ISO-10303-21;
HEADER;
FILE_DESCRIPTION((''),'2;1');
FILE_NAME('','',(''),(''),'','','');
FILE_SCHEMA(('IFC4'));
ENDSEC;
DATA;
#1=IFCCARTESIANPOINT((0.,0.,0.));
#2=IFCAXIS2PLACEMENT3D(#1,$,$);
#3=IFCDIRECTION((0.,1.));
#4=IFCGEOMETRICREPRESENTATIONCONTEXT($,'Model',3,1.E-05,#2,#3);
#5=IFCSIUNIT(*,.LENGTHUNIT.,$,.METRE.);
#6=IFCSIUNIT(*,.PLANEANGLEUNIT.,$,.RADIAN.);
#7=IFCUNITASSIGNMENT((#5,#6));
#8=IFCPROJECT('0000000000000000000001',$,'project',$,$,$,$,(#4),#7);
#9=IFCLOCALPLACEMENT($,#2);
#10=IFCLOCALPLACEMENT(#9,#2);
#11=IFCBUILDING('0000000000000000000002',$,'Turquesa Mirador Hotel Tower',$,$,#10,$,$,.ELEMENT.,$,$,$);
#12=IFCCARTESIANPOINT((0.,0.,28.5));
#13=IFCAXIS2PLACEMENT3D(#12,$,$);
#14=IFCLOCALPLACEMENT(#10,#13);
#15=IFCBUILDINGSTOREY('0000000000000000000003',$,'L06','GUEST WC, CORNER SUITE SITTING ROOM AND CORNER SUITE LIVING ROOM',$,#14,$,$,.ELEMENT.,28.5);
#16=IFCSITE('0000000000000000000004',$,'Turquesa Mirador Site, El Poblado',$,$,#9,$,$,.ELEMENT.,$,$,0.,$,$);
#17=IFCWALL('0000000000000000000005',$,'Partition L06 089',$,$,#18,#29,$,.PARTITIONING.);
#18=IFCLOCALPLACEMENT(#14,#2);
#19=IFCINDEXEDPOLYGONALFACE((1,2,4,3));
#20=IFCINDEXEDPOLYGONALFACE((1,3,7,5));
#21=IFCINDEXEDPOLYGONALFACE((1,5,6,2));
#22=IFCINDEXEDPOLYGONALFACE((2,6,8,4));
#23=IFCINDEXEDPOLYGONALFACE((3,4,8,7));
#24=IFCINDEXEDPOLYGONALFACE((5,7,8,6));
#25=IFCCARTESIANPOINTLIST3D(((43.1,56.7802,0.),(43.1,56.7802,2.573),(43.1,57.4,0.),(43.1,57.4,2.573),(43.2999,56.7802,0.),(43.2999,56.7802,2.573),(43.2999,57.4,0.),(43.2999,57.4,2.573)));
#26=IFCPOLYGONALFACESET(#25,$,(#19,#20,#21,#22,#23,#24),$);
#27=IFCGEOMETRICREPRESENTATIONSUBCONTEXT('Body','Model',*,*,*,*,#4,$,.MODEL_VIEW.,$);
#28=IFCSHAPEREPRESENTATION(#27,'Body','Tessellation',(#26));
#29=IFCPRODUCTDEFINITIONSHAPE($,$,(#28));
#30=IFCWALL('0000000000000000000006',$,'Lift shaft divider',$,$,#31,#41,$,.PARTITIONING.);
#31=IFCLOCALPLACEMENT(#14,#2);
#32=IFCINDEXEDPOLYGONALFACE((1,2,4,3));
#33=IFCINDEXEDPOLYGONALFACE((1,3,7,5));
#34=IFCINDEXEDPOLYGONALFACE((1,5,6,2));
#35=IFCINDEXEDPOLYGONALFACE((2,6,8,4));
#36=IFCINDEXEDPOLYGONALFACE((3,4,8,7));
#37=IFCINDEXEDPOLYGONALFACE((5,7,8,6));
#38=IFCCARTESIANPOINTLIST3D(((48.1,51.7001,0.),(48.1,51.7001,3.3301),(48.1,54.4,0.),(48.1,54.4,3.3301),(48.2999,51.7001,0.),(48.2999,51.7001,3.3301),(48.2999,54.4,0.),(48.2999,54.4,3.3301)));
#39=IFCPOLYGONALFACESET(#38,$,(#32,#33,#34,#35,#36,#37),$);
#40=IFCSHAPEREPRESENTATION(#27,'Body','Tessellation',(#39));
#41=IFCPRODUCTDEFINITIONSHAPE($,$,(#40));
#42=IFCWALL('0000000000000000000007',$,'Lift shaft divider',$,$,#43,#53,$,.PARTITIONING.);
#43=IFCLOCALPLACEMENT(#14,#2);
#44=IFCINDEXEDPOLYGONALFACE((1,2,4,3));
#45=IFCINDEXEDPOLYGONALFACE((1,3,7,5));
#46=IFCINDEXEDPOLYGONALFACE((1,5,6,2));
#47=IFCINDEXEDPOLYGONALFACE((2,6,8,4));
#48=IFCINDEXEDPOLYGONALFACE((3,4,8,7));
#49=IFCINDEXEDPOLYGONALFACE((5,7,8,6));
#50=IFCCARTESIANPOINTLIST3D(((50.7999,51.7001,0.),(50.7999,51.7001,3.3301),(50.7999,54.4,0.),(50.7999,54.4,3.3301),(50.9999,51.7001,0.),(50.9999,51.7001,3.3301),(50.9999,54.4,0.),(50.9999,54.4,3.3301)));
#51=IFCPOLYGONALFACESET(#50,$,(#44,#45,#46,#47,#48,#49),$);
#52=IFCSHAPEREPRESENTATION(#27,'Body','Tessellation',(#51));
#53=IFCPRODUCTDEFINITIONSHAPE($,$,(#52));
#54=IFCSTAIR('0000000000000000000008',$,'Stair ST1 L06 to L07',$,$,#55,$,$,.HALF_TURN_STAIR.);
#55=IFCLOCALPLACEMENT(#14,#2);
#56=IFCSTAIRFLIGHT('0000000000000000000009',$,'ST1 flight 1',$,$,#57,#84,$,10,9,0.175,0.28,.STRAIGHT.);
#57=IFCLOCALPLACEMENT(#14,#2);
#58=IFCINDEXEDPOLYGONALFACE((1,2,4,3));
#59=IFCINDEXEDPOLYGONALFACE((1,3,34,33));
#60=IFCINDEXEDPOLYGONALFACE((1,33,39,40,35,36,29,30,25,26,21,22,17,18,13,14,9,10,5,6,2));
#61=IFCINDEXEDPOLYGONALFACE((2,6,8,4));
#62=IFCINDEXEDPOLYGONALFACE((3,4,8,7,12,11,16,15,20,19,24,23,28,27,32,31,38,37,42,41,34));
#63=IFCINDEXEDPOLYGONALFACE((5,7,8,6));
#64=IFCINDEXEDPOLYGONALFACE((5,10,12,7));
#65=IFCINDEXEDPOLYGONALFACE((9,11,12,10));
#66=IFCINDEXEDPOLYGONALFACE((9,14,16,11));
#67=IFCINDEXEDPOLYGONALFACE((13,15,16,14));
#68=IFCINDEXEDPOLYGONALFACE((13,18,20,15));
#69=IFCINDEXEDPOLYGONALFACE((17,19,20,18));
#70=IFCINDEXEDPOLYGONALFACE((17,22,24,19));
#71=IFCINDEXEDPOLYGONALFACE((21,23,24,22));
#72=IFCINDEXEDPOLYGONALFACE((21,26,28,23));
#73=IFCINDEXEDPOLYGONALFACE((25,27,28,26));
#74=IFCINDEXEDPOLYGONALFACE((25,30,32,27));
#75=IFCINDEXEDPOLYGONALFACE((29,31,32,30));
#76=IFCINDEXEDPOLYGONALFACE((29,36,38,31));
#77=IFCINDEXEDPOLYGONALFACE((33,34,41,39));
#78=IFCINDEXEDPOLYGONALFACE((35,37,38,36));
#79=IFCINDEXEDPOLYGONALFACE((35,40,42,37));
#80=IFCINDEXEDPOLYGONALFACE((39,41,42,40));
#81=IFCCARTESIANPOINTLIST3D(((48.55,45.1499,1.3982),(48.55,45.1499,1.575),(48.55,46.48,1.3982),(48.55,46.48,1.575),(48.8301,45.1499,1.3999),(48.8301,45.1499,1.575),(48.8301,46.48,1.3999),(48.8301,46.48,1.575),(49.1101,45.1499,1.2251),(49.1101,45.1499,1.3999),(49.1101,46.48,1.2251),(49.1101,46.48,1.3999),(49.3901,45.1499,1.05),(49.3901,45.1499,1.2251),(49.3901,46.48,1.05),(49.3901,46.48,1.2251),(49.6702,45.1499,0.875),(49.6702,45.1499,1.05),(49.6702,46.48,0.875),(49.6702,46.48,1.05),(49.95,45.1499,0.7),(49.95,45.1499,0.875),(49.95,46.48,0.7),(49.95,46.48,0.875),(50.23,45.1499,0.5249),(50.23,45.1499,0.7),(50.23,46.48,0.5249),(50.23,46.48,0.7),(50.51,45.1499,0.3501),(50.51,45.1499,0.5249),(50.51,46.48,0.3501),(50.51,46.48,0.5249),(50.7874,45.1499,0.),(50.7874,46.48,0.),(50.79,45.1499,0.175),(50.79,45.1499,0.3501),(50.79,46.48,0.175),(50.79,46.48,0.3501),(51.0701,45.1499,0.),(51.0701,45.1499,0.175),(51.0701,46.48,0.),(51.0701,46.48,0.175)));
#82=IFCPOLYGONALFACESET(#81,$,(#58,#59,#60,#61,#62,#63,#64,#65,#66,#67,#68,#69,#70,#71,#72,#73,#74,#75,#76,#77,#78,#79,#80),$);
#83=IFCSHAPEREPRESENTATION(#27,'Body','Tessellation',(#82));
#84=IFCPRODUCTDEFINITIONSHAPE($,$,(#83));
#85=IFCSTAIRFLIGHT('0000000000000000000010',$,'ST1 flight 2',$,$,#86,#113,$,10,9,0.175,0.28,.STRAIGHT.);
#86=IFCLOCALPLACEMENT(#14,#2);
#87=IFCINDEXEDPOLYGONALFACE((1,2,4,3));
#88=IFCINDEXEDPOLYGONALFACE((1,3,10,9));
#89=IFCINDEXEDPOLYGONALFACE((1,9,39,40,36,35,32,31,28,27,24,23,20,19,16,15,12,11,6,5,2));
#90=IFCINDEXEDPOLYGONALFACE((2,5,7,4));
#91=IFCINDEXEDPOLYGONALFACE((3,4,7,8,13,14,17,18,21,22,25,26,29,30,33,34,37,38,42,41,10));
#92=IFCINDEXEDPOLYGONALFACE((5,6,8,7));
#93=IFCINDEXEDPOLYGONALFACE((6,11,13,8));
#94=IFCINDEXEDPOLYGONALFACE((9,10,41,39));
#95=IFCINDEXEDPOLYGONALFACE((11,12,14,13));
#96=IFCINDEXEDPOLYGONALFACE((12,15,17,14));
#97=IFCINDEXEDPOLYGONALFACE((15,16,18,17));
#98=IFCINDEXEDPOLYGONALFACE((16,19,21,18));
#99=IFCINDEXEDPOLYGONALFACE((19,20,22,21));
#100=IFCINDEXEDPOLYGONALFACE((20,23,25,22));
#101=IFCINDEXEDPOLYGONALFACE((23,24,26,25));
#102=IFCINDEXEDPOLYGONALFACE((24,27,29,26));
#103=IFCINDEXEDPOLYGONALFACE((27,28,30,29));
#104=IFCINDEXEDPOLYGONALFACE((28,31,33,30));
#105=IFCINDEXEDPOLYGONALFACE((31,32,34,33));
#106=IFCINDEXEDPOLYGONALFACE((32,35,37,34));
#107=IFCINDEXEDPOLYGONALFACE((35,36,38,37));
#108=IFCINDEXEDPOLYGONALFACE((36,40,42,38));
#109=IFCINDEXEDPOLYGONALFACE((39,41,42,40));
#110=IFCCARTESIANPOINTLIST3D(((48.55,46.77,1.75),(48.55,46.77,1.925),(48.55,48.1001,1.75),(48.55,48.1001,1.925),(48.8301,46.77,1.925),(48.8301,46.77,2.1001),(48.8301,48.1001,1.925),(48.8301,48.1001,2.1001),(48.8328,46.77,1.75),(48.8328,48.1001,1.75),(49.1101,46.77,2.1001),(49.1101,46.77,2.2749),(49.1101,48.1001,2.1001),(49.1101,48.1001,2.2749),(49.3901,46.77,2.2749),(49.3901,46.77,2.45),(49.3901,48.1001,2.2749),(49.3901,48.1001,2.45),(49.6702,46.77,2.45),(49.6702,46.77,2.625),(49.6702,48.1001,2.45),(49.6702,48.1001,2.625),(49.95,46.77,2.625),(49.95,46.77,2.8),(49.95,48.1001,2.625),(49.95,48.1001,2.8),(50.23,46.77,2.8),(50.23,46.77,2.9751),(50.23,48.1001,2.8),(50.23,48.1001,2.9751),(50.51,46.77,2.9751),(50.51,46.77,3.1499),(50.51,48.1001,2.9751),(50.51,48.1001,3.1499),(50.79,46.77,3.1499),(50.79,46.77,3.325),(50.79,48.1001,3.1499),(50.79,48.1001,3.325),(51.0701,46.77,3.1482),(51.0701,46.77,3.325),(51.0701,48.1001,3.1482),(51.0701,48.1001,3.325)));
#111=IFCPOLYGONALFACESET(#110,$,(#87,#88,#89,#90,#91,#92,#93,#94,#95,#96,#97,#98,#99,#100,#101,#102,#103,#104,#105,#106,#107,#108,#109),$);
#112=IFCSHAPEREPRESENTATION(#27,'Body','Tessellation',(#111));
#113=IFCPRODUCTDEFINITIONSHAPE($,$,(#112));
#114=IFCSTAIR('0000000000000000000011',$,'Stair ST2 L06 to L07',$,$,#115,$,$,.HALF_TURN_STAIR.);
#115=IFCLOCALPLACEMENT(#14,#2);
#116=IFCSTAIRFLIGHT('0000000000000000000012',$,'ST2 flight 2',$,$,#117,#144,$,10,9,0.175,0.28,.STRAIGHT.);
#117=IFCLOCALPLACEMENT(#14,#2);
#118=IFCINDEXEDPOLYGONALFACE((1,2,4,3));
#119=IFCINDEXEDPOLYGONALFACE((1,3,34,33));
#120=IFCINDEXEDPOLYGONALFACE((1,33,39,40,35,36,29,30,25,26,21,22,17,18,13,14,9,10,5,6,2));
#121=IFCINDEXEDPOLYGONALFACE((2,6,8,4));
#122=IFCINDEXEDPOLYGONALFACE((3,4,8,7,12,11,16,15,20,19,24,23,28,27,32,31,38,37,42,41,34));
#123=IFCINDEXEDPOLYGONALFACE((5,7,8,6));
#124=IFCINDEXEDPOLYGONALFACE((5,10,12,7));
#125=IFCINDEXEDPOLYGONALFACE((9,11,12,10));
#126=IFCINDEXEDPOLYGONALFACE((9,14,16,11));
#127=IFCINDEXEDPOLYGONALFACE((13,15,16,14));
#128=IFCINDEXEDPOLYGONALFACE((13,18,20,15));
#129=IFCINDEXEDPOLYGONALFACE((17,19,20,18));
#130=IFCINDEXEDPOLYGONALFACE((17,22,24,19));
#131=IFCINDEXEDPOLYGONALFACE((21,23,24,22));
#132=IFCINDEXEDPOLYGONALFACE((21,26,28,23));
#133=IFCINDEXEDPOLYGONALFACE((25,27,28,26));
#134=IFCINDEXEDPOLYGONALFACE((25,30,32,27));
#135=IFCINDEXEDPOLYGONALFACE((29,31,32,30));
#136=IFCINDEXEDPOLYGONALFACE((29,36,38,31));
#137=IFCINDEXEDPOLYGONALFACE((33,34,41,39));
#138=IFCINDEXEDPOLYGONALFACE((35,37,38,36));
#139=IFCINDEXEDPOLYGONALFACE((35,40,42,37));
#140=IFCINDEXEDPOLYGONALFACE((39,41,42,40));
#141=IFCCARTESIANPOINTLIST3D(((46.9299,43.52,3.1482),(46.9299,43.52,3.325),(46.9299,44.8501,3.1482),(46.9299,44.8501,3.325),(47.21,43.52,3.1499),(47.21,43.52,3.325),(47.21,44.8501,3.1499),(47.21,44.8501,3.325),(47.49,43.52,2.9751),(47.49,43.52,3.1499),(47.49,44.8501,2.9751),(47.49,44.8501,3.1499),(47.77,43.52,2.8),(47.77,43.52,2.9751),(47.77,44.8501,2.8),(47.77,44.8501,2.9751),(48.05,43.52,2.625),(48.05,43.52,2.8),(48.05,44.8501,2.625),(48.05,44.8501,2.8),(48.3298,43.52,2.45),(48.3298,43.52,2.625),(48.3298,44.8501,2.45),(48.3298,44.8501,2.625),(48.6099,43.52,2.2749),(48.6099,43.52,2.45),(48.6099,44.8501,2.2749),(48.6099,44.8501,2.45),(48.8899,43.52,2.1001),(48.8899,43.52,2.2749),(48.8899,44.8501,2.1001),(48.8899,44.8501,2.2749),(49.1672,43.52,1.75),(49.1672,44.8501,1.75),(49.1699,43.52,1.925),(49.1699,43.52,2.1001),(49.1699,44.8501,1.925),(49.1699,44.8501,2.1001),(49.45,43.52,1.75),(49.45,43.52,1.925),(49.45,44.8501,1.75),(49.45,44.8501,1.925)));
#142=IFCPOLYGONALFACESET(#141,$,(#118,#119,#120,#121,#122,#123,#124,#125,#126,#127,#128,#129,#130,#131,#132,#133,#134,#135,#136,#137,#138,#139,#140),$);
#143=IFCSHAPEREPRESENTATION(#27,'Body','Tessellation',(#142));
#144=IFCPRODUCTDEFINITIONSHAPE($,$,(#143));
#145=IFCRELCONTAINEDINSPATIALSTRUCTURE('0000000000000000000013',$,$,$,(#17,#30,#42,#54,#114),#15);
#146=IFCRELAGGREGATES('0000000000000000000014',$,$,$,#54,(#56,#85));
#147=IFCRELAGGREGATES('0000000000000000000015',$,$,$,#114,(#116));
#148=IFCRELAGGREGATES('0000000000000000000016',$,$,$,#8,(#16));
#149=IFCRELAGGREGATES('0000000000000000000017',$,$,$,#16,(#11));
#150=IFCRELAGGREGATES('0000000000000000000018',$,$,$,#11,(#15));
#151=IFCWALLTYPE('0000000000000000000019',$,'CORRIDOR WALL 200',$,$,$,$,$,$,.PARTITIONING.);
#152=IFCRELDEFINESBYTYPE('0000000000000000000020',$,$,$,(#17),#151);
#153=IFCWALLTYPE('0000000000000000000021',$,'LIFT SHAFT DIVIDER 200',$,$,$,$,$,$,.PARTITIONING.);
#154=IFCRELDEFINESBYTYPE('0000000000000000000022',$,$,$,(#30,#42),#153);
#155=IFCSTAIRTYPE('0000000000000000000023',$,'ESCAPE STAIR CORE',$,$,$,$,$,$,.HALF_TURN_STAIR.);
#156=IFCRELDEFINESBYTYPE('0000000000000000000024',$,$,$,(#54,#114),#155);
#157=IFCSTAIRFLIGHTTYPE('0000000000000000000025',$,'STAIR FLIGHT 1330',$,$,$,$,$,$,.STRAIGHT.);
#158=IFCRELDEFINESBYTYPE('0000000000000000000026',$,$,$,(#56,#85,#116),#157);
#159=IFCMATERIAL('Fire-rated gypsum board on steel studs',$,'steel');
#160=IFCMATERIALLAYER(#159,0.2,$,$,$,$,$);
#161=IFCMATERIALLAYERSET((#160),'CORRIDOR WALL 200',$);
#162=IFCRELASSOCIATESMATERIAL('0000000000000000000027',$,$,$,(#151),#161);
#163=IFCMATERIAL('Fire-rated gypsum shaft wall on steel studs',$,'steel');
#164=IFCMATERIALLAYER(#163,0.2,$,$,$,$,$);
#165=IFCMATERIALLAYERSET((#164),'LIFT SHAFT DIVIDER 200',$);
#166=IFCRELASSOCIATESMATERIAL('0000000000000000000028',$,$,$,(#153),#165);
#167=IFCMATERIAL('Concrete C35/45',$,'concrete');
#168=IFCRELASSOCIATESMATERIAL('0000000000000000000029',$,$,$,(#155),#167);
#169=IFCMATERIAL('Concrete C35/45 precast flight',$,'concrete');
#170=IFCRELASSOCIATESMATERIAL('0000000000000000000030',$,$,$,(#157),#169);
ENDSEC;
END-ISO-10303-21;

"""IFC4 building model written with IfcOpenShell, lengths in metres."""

from ifc_helpers import new_model, si_unit, direction, frame, frame_2d, origin, place, context, subcontext, project, spatial, polyline, rectangle, outline, extrude, material, layer, layer_set, type_object, element, aggregate, save


model = new_model("IFC4")

# Units and contexts
model_context = context("Model", 3, precision=1e-05, world=origin(), true_north=direction((0.0, 1.0)))
body_context = subcontext(model_context, "Body", "Model", "MODEL_VIEW")
ifc_project = project(units=[si_unit("LENGTHUNIT", "METRE"), si_unit("PLANEANGLEUNIT", "RADIAN")], contexts=[model_context])

# Site, building, storey
site_placement = place(None, origin())
site = spatial("IfcSite", under=ifc_project, at=site_placement, Name="Turquesa Mirador Site, El Poblado", CompositionType="ELEMENT", RefElevation=0.0)
building_placement = place(site_placement, origin())
building = spatial("IfcBuilding", under=site, at=building_placement, Name="Turquesa Mirador Hotel Tower", CompositionType="ELEMENT")
storey_placement = place(building_placement, frame((0.0, 0.0, 28.5)))
storey = spatial("IfcBuildingStorey", under=building, at=storey_placement, Name="L06", Description="GUEST WC, CORNER SUITE SITTING ROOM AND CORNER SUITE LIVING ROOM", CompositionType="ELEMENT", Elevation=28.5)

# Walls
ifc_material_1 = material(Name="Fire-rated gypsum board on steel studs", Category="steel")
ifc_layer_1 = layer(ifc_material_1, 0.2)
ifc_layer_set_1 = layer_set([ifc_layer_1], Name="CORRIDOR WALL 200")
wall_type_1 = type_object("IfcWallType", Name="CORRIDOR WALL 200", PredefinedType="PARTITIONING", material=ifc_layer_set_1)
wall_1_placement = place(storey_placement, frame((43.2, 56.78, 0.0), z_axis=(0.0, 0.0, 1.0), x_axis=(0.0, 1.0, 0.0)))
element("IfcWall", 1, at=wall_1_placement, inside=storey, type_object=wall_type_1, Name="Partition L06 089", PredefinedType="PARTITIONING", context=body_context, shape_type="SweptSolid", body=[
    extrude(rectangle(XDim=0.6199, YDim=0.2, at=frame_2d((0.3101, 0.0))), origin(), (0.0, 0.0, 1.0), 2.573),
])
ifc_material_2 = material(Name="Fire-rated gypsum shaft wall on steel studs", Category="steel")
ifc_layer_2 = layer(ifc_material_2, 0.2)
ifc_layer_set_2 = layer_set([ifc_layer_2], Name="LIFT SHAFT DIVIDER 200")
wall_type_2 = type_object("IfcWallType", Name="LIFT SHAFT DIVIDER 200", PredefinedType="PARTITIONING", material=ifc_layer_set_2)
for number, where, z_axis, x_axis, name in (
    (2, (48.2, 51.7, 0.0), (0.0, 0.0, 1.0), (0.0, 1.0, 0.0), "Lift shaft divider"),
    (3, (50.8999, 51.7, 0.0), (0.0, 0.0, 1.0), (0.0, 1.0, 0.0), "Lift shaft divider"),
):
    element("IfcWall", number, at=place(storey_placement, frame(where, z_axis=z_axis, x_axis=x_axis)), inside=storey, type_object=wall_type_2, Name=name, PredefinedType="PARTITIONING", context=body_context, shape_type="SweptSolid", body=[
        extrude(rectangle(XDim=2.7, YDim=0.2, at=frame_2d((1.3501, 0.0))), origin(), (0.0, 0.0, 1.0), 3.3301),
    ])

# Stair, stair flights
ifc_material_3 = material(Name="Concrete C35/45", Category="concrete")
stair_type = type_object("IfcStairType", Name="ESCAPE STAIR CORE", PredefinedType="HALF_TURN_STAIR", material=ifc_material_3)
stair_1_placement = place(storey_placement, origin())
stair_1 = element("IfcStair", 4, at=stair_1_placement, inside=storey, type_object=stair_type, Name="Stair ST1 L06 to L07", PredefinedType="HALF_TURN_STAIR")
ifc_material_4 = material(Name="Concrete C35/45 precast flight", Category="concrete")
stair_flight_type = type_object("IfcStairFlightType", Name="STAIR FLIGHT 1330", PredefinedType="STRAIGHT", material=ifc_material_4)
stair_flight_1_placement = place(storey_placement, frame((51.0701, 45.8149, 0.0), z_axis=(0.0, 0.0, 1.0), x_axis=(-1.0, 0.0, 0.0)))
stair_flight_1 = element("IfcStairFlight", 5, at=stair_flight_1_placement, type_object=stair_flight_type, Name="ST1 flight 1", NumberOfRisers=10, NumberOfTreads=9, PredefinedType="STRAIGHT", RiserHeight=0.175, TreadLength=0.28, context=body_context, shape_type="SweptSolid", body=[
    extrude(outline(polyline([(0.0, 0.0), (0.0, 0.175), (0.28, 0.175), (0.28, 0.3501), (0.5601, 0.3501), (0.5601, 0.5249), (0.8401, 0.5249), (0.8401, 0.7), (1.1201, 0.7), (1.1201, 0.875), (1.3999, 0.875), (1.3999, 1.05), (1.6799, 1.05), (1.6799, 1.2251), (1.96, 1.2251), (1.96, 1.3999), (2.24, 1.3999), (2.24, 1.575), (2.52, 1.575), (2.52, 1.75), (2.52, 1.3982), (0.2827, 0.0), (0.0, 0.0)])), frame((0.0, 0.665, 0.0), z_axis=(0.0, -1.0, 0.0), x_axis=(1.0, 0.0, 0.0)), (0.0, 0.0, 1.0), 1.3301),
])
stair_flight_2_placement = place(storey_placement, frame((48.55, 47.4351, 1.75), z_axis=(0.0, 0.0, 1.0), x_axis=(1.0, 0.0, 0.0)))
stair_flight_2 = element("IfcStairFlight", 6, at=stair_flight_2_placement, type_object=stair_flight_type, Name="ST1 flight 2", NumberOfRisers=10, NumberOfTreads=9, PredefinedType="STRAIGHT", RiserHeight=0.175, TreadLength=0.28, context=body_context, shape_type="SweptSolid", body=[
    extrude(outline(polyline([(0.0, 0.0), (0.0, 0.175), (0.28, 0.175), (0.28, 0.3501), (0.5601, 0.3501), (0.5601, 0.5249), (0.8401, 0.5249), (0.8401, 0.7), (1.1201, 0.7), (1.1201, 0.875), (1.3999, 0.875), (1.3999, 1.05), (1.6799, 1.05), (1.6799, 1.2251), (1.96, 1.2251), (1.96, 1.3999), (2.24, 1.3999), (2.24, 1.575), (2.52, 1.575), (2.52, 1.75), (2.52, 1.3982), (0.2827, 0.0), (0.0, 0.0)])), frame((0.0, 0.665, 0.0), z_axis=(0.0, -1.0, 0.0), x_axis=(1.0, 0.0, 0.0)), (0.0, 0.0, 1.0), 1.3301),
])
aggregate(stair_1, [stair_flight_1, stair_flight_2])

# Stair, stair flight
stair_2_placement = place(storey_placement, origin())
stair_2 = element("IfcStair", 7, at=stair_2_placement, inside=storey, type_object=stair_type, Name="Stair ST2 L06 to L07", PredefinedType="HALF_TURN_STAIR")
stair_flight_3_placement = place(storey_placement, frame((49.45, 44.1851, 1.75), z_axis=(0.0, 0.0, 1.0), x_axis=(-1.0, 0.0, 0.0)))
stair_flight_3 = element("IfcStairFlight", 8, at=stair_flight_3_placement, type_object=stair_flight_type, Name="ST2 flight 2", NumberOfRisers=10, NumberOfTreads=9, PredefinedType="STRAIGHT", RiserHeight=0.175, TreadLength=0.28, context=body_context, shape_type="SweptSolid", body=[
    extrude(outline(polyline([(0.0, 0.0), (0.0, 0.175), (0.28, 0.175), (0.28, 0.3501), (0.5601, 0.3501), (0.5601, 0.5249), (0.8401, 0.5249), (0.8401, 0.7), (1.1201, 0.7), (1.1201, 0.875), (1.3999, 0.875), (1.3999, 1.05), (1.6799, 1.05), (1.6799, 1.2251), (1.96, 1.2251), (1.96, 1.3999), (2.24, 1.3999), (2.24, 1.575), (2.52, 1.575), (2.52, 1.75), (2.52, 1.3982), (0.2827, 0.0), (0.0, 0.0)])), frame((0.0, 0.665, 0.0), z_axis=(0.0, -1.0, 0.0), x_axis=(1.0, 0.0, 0.0)), (0.0, 0.0, 1.0), 1.3301),
])
aggregate(stair_2, [stair_flight_3])

save(model, "model.ifc")
